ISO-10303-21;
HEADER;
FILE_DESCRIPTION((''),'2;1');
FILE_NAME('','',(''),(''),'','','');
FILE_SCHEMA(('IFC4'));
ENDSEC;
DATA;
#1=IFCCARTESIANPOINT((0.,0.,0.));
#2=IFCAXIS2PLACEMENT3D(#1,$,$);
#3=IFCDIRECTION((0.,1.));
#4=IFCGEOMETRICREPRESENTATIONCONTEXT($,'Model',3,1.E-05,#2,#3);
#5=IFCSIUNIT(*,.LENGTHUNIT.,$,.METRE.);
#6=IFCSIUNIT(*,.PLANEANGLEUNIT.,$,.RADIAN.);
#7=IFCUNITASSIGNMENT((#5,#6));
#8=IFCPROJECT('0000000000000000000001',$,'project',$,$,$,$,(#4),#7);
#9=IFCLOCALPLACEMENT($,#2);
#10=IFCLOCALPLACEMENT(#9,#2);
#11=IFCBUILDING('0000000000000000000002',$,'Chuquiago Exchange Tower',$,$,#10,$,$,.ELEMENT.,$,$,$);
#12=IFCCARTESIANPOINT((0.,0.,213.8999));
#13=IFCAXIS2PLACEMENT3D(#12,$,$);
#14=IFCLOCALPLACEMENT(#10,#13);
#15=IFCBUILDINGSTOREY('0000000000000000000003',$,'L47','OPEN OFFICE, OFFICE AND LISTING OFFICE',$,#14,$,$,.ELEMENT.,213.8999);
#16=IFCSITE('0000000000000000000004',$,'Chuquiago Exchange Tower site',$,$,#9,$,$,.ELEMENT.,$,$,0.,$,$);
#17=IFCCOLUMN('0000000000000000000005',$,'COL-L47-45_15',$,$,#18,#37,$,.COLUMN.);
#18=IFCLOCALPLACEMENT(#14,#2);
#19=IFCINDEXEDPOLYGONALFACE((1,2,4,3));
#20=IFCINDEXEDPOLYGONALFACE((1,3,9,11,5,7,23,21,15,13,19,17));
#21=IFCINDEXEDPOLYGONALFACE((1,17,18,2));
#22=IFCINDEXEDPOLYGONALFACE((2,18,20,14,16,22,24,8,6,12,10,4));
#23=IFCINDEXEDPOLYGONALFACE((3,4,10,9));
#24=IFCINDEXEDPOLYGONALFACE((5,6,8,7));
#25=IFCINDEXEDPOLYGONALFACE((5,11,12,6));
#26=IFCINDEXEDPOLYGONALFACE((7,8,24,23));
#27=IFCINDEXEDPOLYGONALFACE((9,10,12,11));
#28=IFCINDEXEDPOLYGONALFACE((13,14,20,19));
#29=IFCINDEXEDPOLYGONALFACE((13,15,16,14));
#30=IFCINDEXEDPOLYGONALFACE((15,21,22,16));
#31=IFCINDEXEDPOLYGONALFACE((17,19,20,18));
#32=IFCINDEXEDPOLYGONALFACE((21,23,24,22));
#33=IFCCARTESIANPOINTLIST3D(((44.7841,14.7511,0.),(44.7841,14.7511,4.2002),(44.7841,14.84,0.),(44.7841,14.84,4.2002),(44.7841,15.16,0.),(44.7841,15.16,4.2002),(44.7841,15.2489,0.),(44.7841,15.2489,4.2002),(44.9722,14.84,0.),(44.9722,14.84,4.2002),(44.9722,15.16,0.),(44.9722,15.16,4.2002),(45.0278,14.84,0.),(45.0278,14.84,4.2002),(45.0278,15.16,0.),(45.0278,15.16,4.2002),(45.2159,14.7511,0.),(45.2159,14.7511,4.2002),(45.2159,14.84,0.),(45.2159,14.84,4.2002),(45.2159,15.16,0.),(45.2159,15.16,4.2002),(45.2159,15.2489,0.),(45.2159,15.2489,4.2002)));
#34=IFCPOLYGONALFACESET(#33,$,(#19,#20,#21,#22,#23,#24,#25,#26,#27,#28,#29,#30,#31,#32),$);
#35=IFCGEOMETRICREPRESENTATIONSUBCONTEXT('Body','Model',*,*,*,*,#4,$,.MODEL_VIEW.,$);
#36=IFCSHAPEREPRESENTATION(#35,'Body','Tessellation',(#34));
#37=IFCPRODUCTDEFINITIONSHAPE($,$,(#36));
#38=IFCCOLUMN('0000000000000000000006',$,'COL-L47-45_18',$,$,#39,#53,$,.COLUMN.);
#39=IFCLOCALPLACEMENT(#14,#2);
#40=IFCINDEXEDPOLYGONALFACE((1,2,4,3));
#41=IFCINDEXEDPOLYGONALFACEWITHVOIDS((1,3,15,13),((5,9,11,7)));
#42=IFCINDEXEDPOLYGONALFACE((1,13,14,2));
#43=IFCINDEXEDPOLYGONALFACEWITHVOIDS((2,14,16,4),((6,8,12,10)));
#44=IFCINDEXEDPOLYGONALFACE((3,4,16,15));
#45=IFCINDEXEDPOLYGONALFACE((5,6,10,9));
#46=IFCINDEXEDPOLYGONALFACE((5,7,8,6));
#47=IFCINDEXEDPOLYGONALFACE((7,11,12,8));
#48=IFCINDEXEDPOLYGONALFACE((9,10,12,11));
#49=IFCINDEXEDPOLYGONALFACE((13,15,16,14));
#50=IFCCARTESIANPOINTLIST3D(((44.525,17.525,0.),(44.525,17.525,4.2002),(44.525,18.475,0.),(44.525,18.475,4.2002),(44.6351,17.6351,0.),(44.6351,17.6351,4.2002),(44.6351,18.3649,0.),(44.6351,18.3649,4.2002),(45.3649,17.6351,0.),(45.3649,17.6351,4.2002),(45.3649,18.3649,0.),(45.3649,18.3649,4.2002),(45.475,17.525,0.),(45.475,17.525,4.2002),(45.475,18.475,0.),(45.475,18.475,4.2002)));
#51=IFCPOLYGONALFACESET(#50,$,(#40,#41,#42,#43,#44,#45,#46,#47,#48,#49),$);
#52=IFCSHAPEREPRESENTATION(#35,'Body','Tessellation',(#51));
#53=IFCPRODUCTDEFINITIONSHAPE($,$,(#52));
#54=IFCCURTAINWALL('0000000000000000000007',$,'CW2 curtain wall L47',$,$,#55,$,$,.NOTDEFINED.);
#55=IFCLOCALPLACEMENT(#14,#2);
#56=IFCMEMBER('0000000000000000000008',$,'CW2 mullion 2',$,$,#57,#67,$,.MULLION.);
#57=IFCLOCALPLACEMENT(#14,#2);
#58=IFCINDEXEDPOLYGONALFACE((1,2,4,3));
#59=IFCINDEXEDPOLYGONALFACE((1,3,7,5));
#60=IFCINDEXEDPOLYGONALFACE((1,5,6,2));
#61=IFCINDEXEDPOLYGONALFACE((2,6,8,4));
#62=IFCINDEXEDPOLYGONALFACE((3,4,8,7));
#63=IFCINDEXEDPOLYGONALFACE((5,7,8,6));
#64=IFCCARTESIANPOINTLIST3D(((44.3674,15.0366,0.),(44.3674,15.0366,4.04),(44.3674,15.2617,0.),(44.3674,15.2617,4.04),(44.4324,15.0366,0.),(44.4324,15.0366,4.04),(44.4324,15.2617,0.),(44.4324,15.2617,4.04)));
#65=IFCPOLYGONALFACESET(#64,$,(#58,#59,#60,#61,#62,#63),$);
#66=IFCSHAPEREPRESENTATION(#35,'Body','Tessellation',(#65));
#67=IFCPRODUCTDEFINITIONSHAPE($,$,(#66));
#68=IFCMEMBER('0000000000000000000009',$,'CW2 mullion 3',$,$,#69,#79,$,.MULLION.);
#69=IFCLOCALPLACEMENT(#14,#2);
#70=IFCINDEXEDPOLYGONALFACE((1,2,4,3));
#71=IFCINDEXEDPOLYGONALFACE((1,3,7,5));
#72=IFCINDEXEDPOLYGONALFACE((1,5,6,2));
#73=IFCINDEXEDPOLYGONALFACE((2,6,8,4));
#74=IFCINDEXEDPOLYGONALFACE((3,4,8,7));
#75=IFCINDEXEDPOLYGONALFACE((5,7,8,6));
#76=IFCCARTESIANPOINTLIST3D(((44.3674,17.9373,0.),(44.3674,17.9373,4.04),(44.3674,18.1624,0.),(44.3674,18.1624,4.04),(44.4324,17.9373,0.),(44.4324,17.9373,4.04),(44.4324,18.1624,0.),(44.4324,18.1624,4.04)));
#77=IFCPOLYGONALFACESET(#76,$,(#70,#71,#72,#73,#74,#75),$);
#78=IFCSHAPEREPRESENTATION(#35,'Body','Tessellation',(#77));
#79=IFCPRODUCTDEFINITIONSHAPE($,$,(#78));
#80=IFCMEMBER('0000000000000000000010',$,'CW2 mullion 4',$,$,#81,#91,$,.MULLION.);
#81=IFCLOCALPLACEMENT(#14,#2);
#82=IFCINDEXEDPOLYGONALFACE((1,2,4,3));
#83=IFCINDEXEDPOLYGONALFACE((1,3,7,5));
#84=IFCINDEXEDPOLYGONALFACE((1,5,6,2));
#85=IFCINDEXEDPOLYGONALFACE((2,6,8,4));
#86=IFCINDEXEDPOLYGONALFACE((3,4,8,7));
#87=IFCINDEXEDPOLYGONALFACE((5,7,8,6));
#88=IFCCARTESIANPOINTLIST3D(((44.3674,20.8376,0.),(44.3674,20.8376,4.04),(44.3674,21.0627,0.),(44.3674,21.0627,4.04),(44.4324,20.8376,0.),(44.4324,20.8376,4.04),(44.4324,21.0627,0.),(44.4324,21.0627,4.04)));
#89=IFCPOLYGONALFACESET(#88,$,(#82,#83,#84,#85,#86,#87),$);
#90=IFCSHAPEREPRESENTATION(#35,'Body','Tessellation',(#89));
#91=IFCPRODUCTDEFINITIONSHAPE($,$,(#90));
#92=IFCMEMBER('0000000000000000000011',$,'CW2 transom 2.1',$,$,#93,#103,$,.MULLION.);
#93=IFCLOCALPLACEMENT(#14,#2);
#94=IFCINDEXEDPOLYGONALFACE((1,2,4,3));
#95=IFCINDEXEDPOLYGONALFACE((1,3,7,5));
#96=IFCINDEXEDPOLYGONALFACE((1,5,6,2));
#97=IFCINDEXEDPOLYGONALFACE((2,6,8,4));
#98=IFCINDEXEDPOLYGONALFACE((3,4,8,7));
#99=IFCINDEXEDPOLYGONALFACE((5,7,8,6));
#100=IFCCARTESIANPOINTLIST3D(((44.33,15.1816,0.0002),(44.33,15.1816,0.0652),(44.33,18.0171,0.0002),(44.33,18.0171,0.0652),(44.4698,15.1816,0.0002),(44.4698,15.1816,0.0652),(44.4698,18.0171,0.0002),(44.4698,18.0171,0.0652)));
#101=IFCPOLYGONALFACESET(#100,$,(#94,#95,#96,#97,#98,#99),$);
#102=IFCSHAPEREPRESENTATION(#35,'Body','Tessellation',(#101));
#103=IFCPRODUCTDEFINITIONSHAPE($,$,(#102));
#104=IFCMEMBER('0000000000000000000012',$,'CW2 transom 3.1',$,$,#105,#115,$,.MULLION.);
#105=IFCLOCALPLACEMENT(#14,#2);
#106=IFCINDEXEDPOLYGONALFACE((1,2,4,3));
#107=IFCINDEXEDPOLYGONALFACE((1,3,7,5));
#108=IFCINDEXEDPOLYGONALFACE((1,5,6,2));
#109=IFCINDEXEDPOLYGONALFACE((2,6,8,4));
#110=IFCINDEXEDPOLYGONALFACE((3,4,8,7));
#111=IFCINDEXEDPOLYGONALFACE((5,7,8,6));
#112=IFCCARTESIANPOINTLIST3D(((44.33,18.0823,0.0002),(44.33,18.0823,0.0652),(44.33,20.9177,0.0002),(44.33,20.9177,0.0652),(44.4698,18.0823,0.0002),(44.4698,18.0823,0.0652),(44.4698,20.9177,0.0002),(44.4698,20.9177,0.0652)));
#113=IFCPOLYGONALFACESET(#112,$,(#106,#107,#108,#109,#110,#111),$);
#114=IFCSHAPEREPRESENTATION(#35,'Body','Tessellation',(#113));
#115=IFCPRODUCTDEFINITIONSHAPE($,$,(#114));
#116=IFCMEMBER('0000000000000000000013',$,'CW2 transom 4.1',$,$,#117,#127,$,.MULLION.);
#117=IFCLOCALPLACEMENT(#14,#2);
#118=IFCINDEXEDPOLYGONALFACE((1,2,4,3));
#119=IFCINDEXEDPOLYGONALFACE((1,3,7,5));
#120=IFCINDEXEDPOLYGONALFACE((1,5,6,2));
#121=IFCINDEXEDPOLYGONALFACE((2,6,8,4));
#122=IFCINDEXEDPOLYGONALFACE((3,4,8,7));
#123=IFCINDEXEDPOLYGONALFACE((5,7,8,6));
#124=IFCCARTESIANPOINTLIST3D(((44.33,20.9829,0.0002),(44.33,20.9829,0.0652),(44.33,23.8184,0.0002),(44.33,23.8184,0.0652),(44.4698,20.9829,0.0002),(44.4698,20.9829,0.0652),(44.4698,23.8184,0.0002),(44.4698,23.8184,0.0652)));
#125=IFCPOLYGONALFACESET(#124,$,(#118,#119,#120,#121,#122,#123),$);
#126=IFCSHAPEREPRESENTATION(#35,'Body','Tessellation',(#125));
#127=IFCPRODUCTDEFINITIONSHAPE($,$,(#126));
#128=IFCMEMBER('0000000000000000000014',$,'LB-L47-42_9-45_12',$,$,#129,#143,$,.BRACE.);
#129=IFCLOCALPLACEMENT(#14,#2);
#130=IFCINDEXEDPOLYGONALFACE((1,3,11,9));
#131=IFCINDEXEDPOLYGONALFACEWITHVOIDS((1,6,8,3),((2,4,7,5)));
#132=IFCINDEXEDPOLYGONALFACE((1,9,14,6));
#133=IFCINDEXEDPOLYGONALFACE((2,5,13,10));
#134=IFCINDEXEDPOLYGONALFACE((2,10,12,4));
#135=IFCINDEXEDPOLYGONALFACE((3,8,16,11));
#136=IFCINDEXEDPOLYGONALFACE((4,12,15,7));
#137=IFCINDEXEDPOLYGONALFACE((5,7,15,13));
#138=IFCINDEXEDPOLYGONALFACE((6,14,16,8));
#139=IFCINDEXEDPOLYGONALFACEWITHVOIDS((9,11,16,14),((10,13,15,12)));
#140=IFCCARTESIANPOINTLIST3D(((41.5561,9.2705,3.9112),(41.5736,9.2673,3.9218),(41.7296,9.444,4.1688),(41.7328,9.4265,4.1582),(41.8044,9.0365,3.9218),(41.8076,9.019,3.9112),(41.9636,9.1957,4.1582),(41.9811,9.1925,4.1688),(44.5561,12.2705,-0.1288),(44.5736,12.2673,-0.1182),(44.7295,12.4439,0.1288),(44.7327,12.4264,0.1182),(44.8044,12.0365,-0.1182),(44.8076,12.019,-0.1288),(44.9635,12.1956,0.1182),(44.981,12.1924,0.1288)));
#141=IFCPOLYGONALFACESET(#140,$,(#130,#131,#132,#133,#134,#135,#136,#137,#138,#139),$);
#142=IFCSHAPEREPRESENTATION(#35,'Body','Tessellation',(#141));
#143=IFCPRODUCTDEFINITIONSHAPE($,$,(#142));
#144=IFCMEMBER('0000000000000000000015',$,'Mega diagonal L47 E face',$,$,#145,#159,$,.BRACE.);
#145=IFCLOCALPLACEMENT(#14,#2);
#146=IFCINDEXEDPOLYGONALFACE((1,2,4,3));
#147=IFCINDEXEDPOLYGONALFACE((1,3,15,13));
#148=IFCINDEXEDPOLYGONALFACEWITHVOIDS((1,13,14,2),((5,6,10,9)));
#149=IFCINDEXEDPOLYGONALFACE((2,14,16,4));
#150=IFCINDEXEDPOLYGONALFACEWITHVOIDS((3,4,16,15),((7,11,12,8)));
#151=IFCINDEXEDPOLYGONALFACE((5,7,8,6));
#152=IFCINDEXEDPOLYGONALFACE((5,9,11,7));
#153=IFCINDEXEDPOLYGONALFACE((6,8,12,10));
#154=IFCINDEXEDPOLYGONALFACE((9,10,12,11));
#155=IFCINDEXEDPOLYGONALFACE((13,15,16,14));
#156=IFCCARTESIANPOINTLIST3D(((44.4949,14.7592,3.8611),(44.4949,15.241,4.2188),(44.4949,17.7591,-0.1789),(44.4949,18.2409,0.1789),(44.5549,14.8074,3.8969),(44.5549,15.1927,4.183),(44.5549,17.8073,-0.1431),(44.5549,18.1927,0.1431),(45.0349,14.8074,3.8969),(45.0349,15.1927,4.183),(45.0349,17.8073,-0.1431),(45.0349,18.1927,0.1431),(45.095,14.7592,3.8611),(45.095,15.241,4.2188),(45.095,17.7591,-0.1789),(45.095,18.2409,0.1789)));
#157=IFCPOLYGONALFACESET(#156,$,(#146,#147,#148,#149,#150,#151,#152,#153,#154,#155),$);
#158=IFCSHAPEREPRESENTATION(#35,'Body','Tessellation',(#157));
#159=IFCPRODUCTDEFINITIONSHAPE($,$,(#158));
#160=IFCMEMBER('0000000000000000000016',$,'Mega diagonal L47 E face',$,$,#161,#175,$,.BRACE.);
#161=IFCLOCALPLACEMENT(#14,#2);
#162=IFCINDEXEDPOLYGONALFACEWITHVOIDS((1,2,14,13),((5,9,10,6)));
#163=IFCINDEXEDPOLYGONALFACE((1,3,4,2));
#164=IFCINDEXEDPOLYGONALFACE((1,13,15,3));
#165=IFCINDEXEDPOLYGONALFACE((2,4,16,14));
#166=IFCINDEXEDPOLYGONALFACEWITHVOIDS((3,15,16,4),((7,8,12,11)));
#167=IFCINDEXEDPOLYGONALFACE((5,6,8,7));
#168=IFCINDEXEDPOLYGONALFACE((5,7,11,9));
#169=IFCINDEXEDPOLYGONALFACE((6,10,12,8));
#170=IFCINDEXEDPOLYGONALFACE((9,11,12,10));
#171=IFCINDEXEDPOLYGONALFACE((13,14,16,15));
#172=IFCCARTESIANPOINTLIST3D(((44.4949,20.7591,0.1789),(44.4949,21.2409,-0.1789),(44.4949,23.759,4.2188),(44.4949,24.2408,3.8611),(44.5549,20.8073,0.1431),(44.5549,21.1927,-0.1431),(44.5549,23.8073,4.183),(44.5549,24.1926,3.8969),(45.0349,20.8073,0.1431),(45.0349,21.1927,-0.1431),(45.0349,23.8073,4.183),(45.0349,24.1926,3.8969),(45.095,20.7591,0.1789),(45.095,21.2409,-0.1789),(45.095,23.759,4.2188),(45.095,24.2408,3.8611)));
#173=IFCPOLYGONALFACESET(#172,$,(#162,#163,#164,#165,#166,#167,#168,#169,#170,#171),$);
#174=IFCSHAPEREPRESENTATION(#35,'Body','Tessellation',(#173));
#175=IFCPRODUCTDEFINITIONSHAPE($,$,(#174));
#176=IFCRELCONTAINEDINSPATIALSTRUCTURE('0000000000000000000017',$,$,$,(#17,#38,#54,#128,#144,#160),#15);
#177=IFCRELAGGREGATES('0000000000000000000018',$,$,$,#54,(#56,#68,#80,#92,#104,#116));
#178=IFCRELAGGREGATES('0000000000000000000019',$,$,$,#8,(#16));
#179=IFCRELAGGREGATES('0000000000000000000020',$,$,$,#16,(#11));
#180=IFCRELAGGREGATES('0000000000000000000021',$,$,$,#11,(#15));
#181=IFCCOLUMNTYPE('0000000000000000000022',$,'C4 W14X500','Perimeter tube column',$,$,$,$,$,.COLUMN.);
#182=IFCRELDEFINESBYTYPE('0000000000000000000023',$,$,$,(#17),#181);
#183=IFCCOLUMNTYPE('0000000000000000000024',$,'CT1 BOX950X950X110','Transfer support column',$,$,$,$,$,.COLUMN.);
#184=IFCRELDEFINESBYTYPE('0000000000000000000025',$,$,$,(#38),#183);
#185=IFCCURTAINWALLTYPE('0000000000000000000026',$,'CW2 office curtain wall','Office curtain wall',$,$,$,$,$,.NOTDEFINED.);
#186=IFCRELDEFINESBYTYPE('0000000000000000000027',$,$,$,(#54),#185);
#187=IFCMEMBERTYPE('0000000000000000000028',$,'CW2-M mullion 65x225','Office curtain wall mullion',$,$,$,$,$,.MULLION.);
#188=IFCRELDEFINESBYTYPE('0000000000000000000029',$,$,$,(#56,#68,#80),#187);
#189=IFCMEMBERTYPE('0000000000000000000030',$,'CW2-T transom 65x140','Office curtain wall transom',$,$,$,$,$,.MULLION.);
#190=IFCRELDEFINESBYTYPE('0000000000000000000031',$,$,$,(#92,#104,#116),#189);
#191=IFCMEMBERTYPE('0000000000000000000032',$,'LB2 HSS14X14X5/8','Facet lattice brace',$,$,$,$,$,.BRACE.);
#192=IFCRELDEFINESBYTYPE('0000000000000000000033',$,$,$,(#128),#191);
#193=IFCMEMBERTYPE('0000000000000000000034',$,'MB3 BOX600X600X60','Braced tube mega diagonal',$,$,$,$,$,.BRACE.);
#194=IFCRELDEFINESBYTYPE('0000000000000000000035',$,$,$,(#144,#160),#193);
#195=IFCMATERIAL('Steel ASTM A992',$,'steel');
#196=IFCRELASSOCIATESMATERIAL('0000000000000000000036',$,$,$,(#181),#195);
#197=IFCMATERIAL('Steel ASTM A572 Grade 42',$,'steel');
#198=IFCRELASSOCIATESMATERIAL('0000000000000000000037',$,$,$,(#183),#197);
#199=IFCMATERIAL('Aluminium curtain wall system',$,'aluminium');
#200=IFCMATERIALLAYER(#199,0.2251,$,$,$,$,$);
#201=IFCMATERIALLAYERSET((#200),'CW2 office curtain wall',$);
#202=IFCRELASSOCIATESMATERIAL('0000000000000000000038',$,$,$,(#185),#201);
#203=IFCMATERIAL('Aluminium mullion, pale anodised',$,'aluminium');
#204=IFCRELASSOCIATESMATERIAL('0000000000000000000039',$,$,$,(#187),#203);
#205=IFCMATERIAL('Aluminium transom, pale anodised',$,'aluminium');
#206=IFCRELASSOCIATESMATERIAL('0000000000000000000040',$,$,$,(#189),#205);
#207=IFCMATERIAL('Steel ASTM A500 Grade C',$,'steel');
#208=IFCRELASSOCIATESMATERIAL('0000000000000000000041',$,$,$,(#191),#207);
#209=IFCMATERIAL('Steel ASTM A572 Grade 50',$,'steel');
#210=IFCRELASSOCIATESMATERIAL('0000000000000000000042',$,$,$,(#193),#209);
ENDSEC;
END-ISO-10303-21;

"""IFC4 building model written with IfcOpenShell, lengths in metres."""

from ifc_helpers import new_model, si_unit, direction, frame, origin, origin_2d, place, context, subcontext, project, spatial, rectangle, hollow_rectangle, i_section, extrude, material, layer, layer_set, material_profile, profile_set, type_object, element, aggregate, save


model = new_model("IFC4")

# Units and contexts
model_context = context("Model", 3, precision=1e-05, world=origin(), true_north=direction((0.0, 1.0)))
body_context = subcontext(model_context, "Body", "Model", "MODEL_VIEW")
ifc_project = project(units=[si_unit("LENGTHUNIT", "METRE"), si_unit("PLANEANGLEUNIT", "RADIAN")], contexts=[model_context])

# Site, building, storey
site_placement = place(None, origin())
site = spatial("IfcSite", under=ifc_project, at=site_placement, Name="Chuquiago Exchange Tower site", CompositionType="ELEMENT", RefElevation=0.0)
building_placement = place(site_placement, origin())
building = spatial("IfcBuilding", under=site, at=building_placement, Name="Chuquiago Exchange Tower", CompositionType="ELEMENT")
storey_placement = place(building_placement, frame((0.0, 0.0, 213.8999)))
storey = spatial("IfcBuildingStorey", under=building, at=storey_placement, Name="L47", Description="OPEN OFFICE, OFFICE AND LISTING OFFICE", CompositionType="ELEMENT", Elevation=213.8999)

# Columns
ifc_material_1 = material(Name="Steel ASTM A992", Category="steel")
ifc_material_profile_1 = material_profile(ifc_material_1, i_section(OverallWidth=0.4319, OverallDepth=0.4978, WebThickness=0.0557, FlangeThickness=0.0889, at=origin_2d()), Name="W14X500")
ifc_profile_set_1 = profile_set([ifc_material_profile_1], Name="Steel ASTM A992")
column_type_1 = type_object("IfcColumnType", Name="C4 W14X500", Description="Perimeter tube column", PredefinedType="COLUMN", material=ifc_profile_set_1)
column_1_placement = place(storey_placement, frame((45.0, 15.0, 0.0), z_axis=(0.0, 0.0, 1.0), x_axis=(1.0, 0.0, 0.0)))
element("IfcColumn", 1, at=column_1_placement, inside=storey, type_object=column_type_1, Name="COL-L47-45_15", PredefinedType="COLUMN", context=body_context, shape_type="SweptSolid", body=[
    extrude(i_section(OverallWidth=0.4319, OverallDepth=0.4978, WebThickness=0.0557, FlangeThickness=0.0889, at=origin_2d()), origin(), (0.0, 0.0, 1.0), 4.2002),
])
ifc_material_2 = material(Name="Steel ASTM A572 Grade 42", Category="steel")
ifc_material_profile_2 = material_profile(ifc_material_2, hollow_rectangle(XDim=0.95, YDim=0.95, WallThickness=0.1101, at=origin_2d()), Name="BOX950X950X110")
ifc_profile_set_2 = profile_set([ifc_material_profile_2], Name="Steel ASTM A572 Grade 42")
column_type_2 = type_object("IfcColumnType", Name="CT1 BOX950X950X110", Description="Transfer support column", PredefinedType="COLUMN", material=ifc_profile_set_2)
column_2_placement = place(storey_placement, frame((45.0, 18.0, 0.0), z_axis=(0.0, 0.0, 1.0), x_axis=(1.0, 0.0, 0.0)))
element("IfcColumn", 2, at=column_2_placement, inside=storey, type_object=column_type_2, Name="COL-L47-45_18", PredefinedType="COLUMN", context=body_context, shape_type="SweptSolid", body=[
    extrude(hollow_rectangle(XDim=0.95, YDim=0.95, WallThickness=0.1101, at=origin_2d()), origin(), (0.0, 0.0, 1.0), 4.2002),
])

# Curtain wall, members
ifc_material_3 = material(Name="Aluminium curtain wall system", Category="aluminium")
ifc_layer_1 = layer(ifc_material_3, 0.2251)
ifc_layer_set_1 = layer_set([ifc_layer_1], Name="CW2 office curtain wall")
curtain_wall_type = type_object("IfcCurtainWallType", Name="CW2 office curtain wall", Description="Office curtain wall", PredefinedType="NOTDEFINED", material=ifc_layer_set_1)
curtain_wall_placement = place(storey_placement, origin())
curtain_wall = element("IfcCurtainWall", 3, at=curtain_wall_placement, inside=storey, type_object=curtain_wall_type, Name="CW2 curtain wall L47", PredefinedType="NOTDEFINED")
ifc_material_4 = material(Name="Aluminium mullion, pale anodised", Category="aluminium")
ifc_material_profile_3 = material_profile(ifc_material_4, rectangle(XDim=0.0649, YDim=0.2251, at=origin_2d()), Name="AL 65x225")
ifc_profile_set_3 = profile_set([ifc_material_profile_3], Name="Aluminium mullion, pale anodised")
member_type_1 = type_object("IfcMemberType", Name="CW2-M mullion 65x225", Description="Office curtain wall mullion", PredefinedType="MULLION", material=ifc_profile_set_3)
member_1_placement = place(storey_placement, frame((44.3999, 15.1492, 0.0), z_axis=(0.0, 0.0, 1.0), x_axis=(-1.0, 0.0, 0.0)))
member_1 = element("IfcMember", 4, at=member_1_placement, type_object=member_type_1, Name="CW2 mullion 2", PredefinedType="MULLION", context=body_context, shape_type="SweptSolid", body=[
    extrude(rectangle(XDim=0.0649, YDim=0.2251, at=origin_2d()), origin(), (0.0, 0.0, 1.0), 4.04),
])
member_2_placement = place(storey_placement, frame((44.3999, 18.0498, 0.0), z_axis=(0.0, 0.0, 1.0), x_axis=(-1.0, 0.0, 0.0)))
member_2 = element("IfcMember", 5, at=member_2_placement, type_object=member_type_1, Name="CW2 mullion 3", PredefinedType="MULLION", context=body_context, shape_type="SweptSolid", body=[
    extrude(rectangle(XDim=0.0649, YDim=0.2251, at=origin_2d()), origin(), (0.0, 0.0, 1.0), 4.04),
])
member_3_placement = place(storey_placement, frame((44.3999, 20.9502, 0.0), z_axis=(0.0, 0.0, 1.0), x_axis=(-1.0, 0.0, 0.0)))
member_3 = element("IfcMember", 6, at=member_3_placement, type_object=member_type_1, Name="CW2 mullion 4", PredefinedType="MULLION", context=body_context, shape_type="SweptSolid", body=[
    extrude(rectangle(XDim=0.0649, YDim=0.2251, at=origin_2d()), origin(), (0.0, 0.0, 1.0), 4.04),
])
ifc_material_5 = material(Name="Aluminium transom, pale anodised", Category="aluminium")
ifc_material_profile_4 = material_profile(ifc_material_5, rectangle(XDim=0.1399, YDim=0.0649, at=origin_2d()), Name="AL 140x65")
ifc_profile_set_4 = profile_set([ifc_material_profile_4], Name="Aluminium transom, pale anodised")
member_type_2 = type_object("IfcMemberType", Name="CW2-T transom 65x140", Description="Office curtain wall transom", PredefinedType="MULLION", material=ifc_profile_set_4)
member_4_placement = place(storey_placement, frame((44.3999, 15.1816, 0.0327), z_axis=(0.0, 1.0, 0.0), x_axis=(-1.0, 0.0, 0.0)))
member_4 = element("IfcMember", 7, at=member_4_placement, type_object=member_type_2, Name="CW2 transom 2.1", PredefinedType="MULLION", context=body_context, shape_type="SweptSolid", body=[
    extrude(rectangle(XDim=0.1399, YDim=0.0649, at=origin_2d()), origin(), (0.0, 0.0, 1.0), 2.8354),
])
member_5_placement = place(storey_placement, frame((44.3999, 18.0823, 0.0327), z_axis=(0.0, 1.0, 0.0), x_axis=(-1.0, 0.0, 0.0)))
member_5 = element("IfcMember", 8, at=member_5_placement, type_object=member_type_2, Name="CW2 transom 3.1", PredefinedType="MULLION", context=body_context, shape_type="SweptSolid", body=[
    extrude(rectangle(XDim=0.1399, YDim=0.0649, at=origin_2d()), origin(), (0.0, 0.0, 1.0), 2.8354),
])
member_6_placement = place(storey_placement, frame((44.3999, 20.9829, 0.0327), z_axis=(0.0, 1.0, 0.0), x_axis=(-1.0, 0.0, 0.0)))
member_6 = element("IfcMember", 9, at=member_6_placement, type_object=member_type_2, Name="CW2 transom 4.1", PredefinedType="MULLION", context=body_context, shape_type="SweptSolid", body=[
    extrude(rectangle(XDim=0.1399, YDim=0.0649, at=origin_2d()), origin(), (0.0, 0.0, 1.0), 2.8354),
])

# Members
ifc_material_6 = material(Name="Steel ASTM A500 Grade C", Category="steel")
ifc_material_profile_5 = material_profile(ifc_material_6, hollow_rectangle(XDim=0.3557, YDim=0.3557, WallThickness=0.0146, at=origin_2d()), Name="HSS14X14X5/8")
ifc_profile_set_5 = profile_set([ifc_material_profile_5], Name="Steel ASTM A500 Grade C")
member_type_3 = type_object("IfcMemberType", Name="LB2 HSS14X14X5/8", Description="Facet lattice brace", PredefinedType="BRACE", material=ifc_profile_set_5)
member_7_placement = place(storey_placement, frame((44.7686, 12.2314, 0.0), z_axis=(-0.512077, -0.512077, 0.689604), x_axis=(0.707107, -0.707107, 0.0)))
element("IfcMember", 10, at=member_7_placement, inside=storey, type_object=member_type_3, Name="LB-L47-42_9-45_12", PredefinedType="BRACE", context=body_context, shape_type="SweptSolid", body=[
    extrude(hollow_rectangle(XDim=0.3557, YDim=0.3557, WallThickness=0.0146, at=origin_2d()), origin(), (0.0, 0.0, 1.0), 5.8584),
])
ifc_material_7 = material(Name="Steel ASTM A572 Grade 50", Category="steel")
ifc_material_profile_6 = material_profile(ifc_material_7, hollow_rectangle(XDim=0.6001, YDim=0.6001, WallThickness=0.0601, at=origin_2d()), Name="BOX600X600X60")
ifc_profile_set_6 = profile_set([ifc_material_profile_6], Name="Steel ASTM A572 Grade 50")
member_type_4 = type_object("IfcMemberType", Name="MB3 BOX600X600X60", Description="Braced tube mega diagonal", PredefinedType="BRACE", material=ifc_profile_set_6)
for number, where, z_axis, x_axis, name in (
    (11, (44.7949, 18.0, 0.0), (0.0, -0.596174, 0.802855), (1.0, 0.0, 0.0), "Mega diagonal L47 E face"),
    (12, (44.7949, 21.0, 0.0), (0.0, 0.596174, 0.802855), (-1.0, 0.0, 0.0), "Mega diagonal L47 E face"),
):
    element("IfcMember", number, at=place(storey_placement, frame(where, z_axis=z_axis, x_axis=x_axis)), inside=storey, type_object=member_type_4, Name=name, PredefinedType="BRACE", context=body_context, shape_type="SweptSolid", body=[
        extrude(hollow_rectangle(XDim=0.6001, YDim=0.6001, WallThickness=0.0601, at=origin_2d()), origin(), (0.0, 0.0, 1.0), 5.032),
    ])

aggregate(curtain_wall, [member_1, member_2, member_3, member_4, member_5, member_6])

save(model, "model.ifc")
